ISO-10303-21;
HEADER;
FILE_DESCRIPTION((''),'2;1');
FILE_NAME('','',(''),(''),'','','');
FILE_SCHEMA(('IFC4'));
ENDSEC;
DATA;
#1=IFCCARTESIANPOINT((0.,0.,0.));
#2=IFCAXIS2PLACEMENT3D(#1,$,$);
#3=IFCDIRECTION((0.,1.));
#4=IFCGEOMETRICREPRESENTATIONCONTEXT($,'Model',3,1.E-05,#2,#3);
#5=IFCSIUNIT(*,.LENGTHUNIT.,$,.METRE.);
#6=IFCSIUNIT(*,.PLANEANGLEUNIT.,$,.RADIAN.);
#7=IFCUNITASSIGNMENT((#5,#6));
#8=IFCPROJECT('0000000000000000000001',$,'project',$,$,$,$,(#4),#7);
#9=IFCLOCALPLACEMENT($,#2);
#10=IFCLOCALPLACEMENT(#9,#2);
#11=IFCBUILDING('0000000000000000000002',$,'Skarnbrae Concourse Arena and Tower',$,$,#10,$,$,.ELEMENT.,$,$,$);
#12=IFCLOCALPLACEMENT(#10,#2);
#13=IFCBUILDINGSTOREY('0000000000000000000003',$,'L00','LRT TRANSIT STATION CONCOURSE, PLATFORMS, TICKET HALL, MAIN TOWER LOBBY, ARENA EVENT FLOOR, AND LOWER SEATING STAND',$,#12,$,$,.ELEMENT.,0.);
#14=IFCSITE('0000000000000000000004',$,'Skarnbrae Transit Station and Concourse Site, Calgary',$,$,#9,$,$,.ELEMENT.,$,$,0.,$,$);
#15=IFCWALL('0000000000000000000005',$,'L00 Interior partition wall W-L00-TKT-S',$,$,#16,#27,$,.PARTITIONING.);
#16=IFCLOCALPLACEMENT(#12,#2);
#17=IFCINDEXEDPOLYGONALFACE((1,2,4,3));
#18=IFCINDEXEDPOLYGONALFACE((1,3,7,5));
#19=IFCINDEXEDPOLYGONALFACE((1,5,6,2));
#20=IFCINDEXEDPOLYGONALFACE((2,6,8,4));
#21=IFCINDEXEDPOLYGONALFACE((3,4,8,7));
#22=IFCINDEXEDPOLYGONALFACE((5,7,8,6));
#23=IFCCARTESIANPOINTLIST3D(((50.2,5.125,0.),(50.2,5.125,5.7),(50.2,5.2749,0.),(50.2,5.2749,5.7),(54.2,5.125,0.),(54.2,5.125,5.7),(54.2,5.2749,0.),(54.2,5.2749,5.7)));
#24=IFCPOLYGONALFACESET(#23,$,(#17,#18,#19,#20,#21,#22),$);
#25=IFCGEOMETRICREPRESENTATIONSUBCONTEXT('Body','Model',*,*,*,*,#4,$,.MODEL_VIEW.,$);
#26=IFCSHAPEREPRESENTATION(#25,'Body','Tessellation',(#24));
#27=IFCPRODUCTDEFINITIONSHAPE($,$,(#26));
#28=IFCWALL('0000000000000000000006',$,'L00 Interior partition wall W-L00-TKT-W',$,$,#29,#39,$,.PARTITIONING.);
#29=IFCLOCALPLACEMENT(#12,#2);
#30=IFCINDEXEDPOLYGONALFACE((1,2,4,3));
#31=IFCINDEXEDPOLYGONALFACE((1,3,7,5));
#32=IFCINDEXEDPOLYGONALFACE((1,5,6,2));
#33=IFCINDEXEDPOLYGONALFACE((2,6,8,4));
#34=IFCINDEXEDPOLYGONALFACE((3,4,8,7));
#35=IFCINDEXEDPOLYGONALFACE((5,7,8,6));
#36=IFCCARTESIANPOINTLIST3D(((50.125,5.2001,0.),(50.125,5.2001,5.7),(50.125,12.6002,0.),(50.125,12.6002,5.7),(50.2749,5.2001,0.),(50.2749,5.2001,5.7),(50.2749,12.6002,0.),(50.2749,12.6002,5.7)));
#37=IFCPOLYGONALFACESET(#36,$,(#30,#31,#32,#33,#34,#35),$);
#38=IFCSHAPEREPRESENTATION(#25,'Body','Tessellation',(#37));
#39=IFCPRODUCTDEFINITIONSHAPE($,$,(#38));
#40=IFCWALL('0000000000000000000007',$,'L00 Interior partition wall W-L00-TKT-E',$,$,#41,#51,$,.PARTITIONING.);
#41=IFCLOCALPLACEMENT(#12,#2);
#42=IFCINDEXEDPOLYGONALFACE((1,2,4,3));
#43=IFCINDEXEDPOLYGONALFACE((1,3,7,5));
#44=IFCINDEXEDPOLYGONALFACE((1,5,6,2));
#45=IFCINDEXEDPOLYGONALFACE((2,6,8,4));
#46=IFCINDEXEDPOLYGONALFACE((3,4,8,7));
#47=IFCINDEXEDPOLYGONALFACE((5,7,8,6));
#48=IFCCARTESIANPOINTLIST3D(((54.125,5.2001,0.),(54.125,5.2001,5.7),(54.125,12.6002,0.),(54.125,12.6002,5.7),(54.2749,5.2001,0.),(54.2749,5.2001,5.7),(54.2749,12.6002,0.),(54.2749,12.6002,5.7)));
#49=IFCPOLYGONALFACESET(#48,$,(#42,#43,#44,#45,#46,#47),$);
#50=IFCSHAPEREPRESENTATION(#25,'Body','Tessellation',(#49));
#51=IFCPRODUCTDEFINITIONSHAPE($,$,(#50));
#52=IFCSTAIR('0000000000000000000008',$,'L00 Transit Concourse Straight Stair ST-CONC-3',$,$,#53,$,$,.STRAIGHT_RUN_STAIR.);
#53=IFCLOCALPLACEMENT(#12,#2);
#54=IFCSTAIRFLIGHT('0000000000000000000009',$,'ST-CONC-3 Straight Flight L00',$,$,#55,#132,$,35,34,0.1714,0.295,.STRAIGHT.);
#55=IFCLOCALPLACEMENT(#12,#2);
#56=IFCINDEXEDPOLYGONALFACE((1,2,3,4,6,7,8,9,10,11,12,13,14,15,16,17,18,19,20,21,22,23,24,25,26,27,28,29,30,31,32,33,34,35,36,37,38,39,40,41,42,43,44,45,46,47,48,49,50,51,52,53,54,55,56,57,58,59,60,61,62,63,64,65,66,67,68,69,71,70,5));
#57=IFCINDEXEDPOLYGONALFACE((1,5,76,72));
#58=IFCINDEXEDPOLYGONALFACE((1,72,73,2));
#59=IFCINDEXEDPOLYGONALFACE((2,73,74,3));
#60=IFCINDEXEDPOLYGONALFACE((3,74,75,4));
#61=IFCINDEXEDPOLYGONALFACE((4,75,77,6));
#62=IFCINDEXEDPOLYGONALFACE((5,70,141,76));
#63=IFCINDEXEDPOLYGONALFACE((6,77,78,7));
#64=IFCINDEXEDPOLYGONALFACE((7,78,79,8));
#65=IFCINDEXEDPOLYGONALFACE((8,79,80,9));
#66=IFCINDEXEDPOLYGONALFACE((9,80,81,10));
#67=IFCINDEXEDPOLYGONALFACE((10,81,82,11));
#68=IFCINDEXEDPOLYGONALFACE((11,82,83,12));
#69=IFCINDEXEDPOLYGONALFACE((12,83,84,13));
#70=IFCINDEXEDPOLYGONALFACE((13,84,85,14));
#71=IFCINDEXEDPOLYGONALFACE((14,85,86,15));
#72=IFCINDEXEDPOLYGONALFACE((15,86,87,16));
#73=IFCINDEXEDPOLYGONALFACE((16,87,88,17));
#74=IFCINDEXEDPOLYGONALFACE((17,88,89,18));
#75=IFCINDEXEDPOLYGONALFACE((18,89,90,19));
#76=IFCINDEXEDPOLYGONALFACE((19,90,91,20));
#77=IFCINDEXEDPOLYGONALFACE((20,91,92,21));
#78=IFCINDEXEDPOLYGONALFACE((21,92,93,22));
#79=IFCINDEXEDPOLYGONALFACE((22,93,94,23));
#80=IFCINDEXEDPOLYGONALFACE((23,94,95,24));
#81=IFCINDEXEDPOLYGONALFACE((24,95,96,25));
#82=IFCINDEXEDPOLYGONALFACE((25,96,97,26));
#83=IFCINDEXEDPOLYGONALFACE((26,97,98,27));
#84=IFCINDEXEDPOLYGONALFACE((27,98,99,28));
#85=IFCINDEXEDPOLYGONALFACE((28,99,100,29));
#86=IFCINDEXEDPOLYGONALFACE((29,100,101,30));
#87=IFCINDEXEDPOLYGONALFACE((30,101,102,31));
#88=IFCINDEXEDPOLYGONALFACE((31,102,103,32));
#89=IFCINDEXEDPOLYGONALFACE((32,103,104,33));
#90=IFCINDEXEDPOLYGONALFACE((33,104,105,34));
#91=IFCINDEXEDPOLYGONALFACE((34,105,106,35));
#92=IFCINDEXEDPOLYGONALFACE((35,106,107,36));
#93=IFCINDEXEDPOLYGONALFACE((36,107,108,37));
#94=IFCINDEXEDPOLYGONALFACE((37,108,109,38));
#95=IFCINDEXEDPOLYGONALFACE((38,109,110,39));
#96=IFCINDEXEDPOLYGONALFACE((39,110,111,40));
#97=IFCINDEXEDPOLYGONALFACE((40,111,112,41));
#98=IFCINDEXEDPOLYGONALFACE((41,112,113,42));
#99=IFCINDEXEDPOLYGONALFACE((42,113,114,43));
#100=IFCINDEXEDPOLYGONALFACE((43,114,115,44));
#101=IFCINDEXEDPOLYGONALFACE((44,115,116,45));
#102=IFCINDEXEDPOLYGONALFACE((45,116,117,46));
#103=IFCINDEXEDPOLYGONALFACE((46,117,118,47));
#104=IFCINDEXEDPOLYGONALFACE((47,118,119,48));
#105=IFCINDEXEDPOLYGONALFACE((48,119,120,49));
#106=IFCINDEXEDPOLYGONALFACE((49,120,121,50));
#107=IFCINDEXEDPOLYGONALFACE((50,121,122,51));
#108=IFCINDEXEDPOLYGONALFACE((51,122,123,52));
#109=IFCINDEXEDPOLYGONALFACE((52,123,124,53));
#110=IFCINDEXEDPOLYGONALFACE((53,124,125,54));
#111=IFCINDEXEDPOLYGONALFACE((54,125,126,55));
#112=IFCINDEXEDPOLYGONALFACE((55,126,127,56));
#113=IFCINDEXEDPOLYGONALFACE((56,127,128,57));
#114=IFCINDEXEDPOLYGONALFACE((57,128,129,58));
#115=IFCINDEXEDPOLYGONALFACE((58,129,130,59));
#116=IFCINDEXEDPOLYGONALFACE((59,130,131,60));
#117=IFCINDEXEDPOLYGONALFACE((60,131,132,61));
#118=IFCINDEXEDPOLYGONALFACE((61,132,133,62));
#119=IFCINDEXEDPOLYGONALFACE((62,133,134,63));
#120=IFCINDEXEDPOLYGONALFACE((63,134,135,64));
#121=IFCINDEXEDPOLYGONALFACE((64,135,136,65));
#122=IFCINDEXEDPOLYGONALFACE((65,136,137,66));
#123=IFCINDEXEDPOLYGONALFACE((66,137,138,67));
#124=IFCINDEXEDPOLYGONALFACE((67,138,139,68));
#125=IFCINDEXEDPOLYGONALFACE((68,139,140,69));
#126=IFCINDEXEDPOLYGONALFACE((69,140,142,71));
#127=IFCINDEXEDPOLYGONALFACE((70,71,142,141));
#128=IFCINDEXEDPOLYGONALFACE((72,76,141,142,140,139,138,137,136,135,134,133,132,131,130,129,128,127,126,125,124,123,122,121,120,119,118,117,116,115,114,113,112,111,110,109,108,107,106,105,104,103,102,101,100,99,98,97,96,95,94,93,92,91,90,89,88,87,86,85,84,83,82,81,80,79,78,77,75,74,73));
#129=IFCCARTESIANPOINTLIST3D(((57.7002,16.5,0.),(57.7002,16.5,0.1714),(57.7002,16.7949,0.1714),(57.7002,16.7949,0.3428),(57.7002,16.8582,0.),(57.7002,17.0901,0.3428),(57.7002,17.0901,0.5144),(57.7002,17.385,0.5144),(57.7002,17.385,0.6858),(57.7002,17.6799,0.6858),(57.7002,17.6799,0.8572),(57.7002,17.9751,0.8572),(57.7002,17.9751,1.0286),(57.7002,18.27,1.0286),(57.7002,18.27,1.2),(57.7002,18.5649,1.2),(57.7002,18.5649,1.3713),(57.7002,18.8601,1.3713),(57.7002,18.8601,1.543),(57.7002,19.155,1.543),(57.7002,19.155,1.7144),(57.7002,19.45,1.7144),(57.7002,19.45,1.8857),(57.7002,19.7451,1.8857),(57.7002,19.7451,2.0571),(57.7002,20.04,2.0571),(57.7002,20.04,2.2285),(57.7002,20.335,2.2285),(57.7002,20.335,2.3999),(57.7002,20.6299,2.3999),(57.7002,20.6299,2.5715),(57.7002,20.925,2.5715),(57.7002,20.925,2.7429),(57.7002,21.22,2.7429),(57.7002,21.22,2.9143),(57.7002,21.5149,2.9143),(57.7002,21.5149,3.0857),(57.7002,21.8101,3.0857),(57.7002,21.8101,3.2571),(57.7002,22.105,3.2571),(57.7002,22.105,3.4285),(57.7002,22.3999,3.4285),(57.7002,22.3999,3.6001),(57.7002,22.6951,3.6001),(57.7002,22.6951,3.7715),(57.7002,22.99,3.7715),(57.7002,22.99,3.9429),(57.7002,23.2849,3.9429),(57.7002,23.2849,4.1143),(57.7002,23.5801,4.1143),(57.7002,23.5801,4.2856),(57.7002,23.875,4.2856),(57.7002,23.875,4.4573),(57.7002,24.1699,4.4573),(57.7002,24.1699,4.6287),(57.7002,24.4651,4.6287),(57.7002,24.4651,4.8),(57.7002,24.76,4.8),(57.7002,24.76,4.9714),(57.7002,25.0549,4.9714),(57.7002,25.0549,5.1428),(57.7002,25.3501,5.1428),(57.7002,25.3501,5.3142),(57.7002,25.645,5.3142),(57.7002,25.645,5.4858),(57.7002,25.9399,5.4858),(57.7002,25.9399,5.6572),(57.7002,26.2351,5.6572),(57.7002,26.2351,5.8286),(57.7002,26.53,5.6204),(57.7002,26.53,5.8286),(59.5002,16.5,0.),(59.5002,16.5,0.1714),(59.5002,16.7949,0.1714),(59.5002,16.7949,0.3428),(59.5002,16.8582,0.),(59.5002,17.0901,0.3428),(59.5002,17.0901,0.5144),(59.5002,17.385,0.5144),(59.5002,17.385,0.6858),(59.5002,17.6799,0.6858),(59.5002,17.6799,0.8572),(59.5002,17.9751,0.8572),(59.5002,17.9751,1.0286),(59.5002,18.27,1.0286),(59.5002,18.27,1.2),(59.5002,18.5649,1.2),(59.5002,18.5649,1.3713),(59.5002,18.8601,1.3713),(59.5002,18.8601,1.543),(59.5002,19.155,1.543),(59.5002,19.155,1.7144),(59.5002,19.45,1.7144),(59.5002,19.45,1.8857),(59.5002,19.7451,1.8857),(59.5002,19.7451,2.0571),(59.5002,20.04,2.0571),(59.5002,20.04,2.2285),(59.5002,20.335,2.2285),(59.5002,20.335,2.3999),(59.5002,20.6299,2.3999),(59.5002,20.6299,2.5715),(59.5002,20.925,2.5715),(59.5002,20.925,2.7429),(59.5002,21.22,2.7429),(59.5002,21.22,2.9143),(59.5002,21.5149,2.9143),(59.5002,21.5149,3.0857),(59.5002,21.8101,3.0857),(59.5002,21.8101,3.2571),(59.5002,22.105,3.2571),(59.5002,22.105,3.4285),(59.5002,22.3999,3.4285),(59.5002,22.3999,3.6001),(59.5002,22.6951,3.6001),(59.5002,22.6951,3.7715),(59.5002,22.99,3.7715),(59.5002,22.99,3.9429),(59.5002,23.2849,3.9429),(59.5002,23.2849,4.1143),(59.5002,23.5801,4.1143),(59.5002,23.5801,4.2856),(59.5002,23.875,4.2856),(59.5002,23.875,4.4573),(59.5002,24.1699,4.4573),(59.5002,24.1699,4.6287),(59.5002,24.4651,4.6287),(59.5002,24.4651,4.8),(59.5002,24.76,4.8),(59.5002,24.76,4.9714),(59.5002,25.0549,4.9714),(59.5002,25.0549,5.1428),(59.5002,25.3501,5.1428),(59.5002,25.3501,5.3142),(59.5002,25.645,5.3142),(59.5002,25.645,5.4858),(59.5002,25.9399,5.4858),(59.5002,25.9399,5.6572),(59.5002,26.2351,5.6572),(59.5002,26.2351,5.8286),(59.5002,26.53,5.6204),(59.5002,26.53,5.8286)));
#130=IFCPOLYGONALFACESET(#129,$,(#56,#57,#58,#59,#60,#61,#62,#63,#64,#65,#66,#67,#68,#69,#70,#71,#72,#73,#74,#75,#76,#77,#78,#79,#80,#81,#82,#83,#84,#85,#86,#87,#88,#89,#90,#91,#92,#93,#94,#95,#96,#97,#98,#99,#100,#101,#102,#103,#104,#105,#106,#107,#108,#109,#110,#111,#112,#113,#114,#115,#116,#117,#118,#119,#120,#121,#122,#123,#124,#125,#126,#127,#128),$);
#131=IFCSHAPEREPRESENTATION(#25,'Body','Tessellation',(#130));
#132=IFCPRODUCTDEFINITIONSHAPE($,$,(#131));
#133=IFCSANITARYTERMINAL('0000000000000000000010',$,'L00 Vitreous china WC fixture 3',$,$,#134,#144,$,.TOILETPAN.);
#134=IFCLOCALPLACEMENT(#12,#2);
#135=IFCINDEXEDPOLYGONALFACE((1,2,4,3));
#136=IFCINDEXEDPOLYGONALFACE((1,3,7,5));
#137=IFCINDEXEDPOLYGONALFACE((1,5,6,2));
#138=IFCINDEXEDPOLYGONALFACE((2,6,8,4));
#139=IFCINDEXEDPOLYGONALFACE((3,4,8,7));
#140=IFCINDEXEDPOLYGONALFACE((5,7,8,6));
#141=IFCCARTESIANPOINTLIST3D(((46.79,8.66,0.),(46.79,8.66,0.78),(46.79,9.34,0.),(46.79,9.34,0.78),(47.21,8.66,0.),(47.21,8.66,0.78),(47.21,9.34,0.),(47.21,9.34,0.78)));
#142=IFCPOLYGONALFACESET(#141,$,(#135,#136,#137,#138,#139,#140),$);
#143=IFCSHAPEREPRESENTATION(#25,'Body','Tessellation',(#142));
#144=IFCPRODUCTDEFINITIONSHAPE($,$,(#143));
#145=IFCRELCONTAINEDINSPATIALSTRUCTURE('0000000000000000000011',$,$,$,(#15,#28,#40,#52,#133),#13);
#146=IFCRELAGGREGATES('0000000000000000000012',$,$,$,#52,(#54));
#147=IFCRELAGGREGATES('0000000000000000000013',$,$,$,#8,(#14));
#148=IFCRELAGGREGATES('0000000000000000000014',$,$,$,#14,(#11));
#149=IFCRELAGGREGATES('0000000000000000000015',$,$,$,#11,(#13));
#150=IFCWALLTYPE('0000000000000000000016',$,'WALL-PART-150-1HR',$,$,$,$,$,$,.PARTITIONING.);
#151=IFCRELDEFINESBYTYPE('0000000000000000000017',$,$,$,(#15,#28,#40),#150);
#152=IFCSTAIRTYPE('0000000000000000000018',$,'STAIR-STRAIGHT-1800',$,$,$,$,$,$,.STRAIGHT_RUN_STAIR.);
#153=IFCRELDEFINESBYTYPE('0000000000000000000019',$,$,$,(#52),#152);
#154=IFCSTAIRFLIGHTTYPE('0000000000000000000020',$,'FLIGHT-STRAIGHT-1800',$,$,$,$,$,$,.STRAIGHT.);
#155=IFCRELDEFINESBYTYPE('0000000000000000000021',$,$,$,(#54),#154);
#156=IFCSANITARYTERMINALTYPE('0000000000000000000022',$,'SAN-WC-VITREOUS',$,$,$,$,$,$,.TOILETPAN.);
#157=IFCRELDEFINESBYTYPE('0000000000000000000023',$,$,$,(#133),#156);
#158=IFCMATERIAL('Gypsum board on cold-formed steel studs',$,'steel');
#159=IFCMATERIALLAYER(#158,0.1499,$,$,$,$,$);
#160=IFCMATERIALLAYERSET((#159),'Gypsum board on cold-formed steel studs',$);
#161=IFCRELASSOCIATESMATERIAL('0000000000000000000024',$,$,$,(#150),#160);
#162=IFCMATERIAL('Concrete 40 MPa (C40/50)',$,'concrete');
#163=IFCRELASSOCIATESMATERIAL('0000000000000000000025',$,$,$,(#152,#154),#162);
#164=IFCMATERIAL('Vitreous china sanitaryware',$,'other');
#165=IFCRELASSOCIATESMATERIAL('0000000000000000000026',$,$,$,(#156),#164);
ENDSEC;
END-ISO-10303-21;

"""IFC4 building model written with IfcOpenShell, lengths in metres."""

from ifc_helpers import new_model, si_unit, direction, frame, frame_2d, origin, origin_2d, place, context, subcontext, project, spatial, polyline, rectangle, outline, extrude, source, transform, mapped, material, layer, layer_set, type_object, element, aggregate, save


model = new_model("IFC4")

# Units and contexts
model_context = context("Model", 3, precision=1e-05, world=origin(), true_north=direction((0.0, 1.0)))
body_context = subcontext(model_context, "Body", "Model", "MODEL_VIEW")
ifc_project = project(units=[si_unit("LENGTHUNIT", "METRE"), si_unit("PLANEANGLEUNIT", "RADIAN")], contexts=[model_context])

# Site, building, storey
site_placement = place(None, origin())
site = spatial("IfcSite", under=ifc_project, at=site_placement, Name="Skarnbrae Transit Station and Concourse Site, Calgary", CompositionType="ELEMENT", RefElevation=0.0)
building_placement = place(site_placement, origin())
building = spatial("IfcBuilding", under=site, at=building_placement, Name="Skarnbrae Concourse Arena and Tower", CompositionType="ELEMENT")
storey_placement = place(building_placement, origin())
storey = spatial("IfcBuildingStorey", under=building, at=storey_placement, Name="L00", Description="LRT TRANSIT STATION CONCOURSE, PLATFORMS, TICKET HALL, MAIN TOWER LOBBY, ARENA EVENT FLOOR, AND LOWER SEATING STAND", CompositionType="ELEMENT", Elevation=0.0)

# Shared definitions
ifc_material_1 = material(Name="Gypsum board on cold-formed steel studs", Category="steel")

# Shared definitions
ifc_layer_1 = layer(ifc_material_1, 0.1499)
ifc_layer_set_1 = layer_set([ifc_layer_1], Name="Gypsum board on cold-formed steel studs")
wall_type_1 = type_object("IfcWallType", Name="WALL-PART-150-1HR", PredefinedType="PARTITIONING", material=ifc_layer_set_1)
shared_shape_1 = source(origin(), body_context, "Body", "SweptSolid", [
    extrude(rectangle(XDim=4.0, YDim=0.1499, at=frame_2d((2.0, 0.0))), origin(), (0.0, 0.0, 1.0), 5.7),
])

# Walls
wall_1_placement = place(storey_placement, frame((50.2, 5.2, 0.0), z_axis=(0.0, 0.0, 1.0), x_axis=(1.0, 0.0, 0.0)))
element("IfcWall", 1, at=wall_1_placement, inside=storey, type_object=wall_type_1, Name="L00 Interior partition wall W-L00-TKT-S", PredefinedType="PARTITIONING", context=body_context, shape_type="MappedRepresentation", body=[
    mapped(shared_shape_1, transform((0.0, 0.0, 0.0))),
])
shared_shape_2 = source(origin(), body_context, "Body", "SweptSolid", [
    extrude(rectangle(XDim=7.4001, YDim=0.1499, at=frame_2d((3.7002, 0.0))), origin(), (0.0, 0.0, 1.0), 5.7),
])
for number, where, z_axis, x_axis, name in (
    (2, (50.2, 5.2, 0.0), (0.0, 0.0, 1.0), (0.0, 1.0, 0.0), "L00 Interior partition wall W-L00-TKT-W"),
    (3, (54.2, 5.2, 0.0), (0.0, 0.0, 1.0), (0.0, 1.0, 0.0), "L00 Interior partition wall W-L00-TKT-E"),
):
    element("IfcWall", number, at=place(storey_placement, frame(where, z_axis=z_axis, x_axis=x_axis)), inside=storey, type_object=wall_type_1, Name=name, PredefinedType="PARTITIONING", context=body_context, shape_type="MappedRepresentation", body=[
        mapped(shared_shape_2, transform((0.0, 0.0, 0.0))),
    ])

# Stair, stair flight
ifc_material_2 = material(Name="Concrete 40 MPa (C40/50)", Category="concrete")
stair_type = type_object("IfcStairType", Name="STAIR-STRAIGHT-1800", PredefinedType="STRAIGHT_RUN_STAIR", material=ifc_material_2)
stair_placement = place(storey_placement, origin())
stair = element("IfcStair", 4, at=stair_placement, inside=storey, type_object=stair_type, Name="L00 Transit Concourse Straight Stair ST-CONC-3", PredefinedType="STRAIGHT_RUN_STAIR")
stair_flight_type = type_object("IfcStairFlightType", Name="FLIGHT-STRAIGHT-1800", PredefinedType="STRAIGHT", material=ifc_material_2)
shared_shape_3 = source(origin(), body_context, "Body", "SweptSolid", [
    extrude(outline(polyline([(0.0, 0.0), (0.0, 0.1714), (0.2949, 0.1714), (0.2949, 0.3428), (0.5901, 0.3428), (0.5901, 0.5144), (0.885, 0.5144), (0.885, 0.6858), (1.1799, 0.6858), (1.1799, 0.8572), (1.4751, 0.8572), (1.4751, 1.0286), (1.77, 1.0286), (1.77, 1.2), (2.0649, 1.2), (2.0649, 1.3713), (2.3601, 1.3713), (2.3601, 1.543), (2.655, 1.543), (2.655, 1.7144), (2.95, 1.7144), (2.95, 1.8857), (3.2451, 1.8857), (3.2451, 2.0571), (3.54, 2.0571), (3.54, 2.2285), (3.835, 2.2285), (3.835, 2.3999), (4.1299, 2.3999), (4.1299, 2.5715), (4.425, 2.5715), (4.425, 2.7429), (4.72, 2.7429), (4.72, 2.9143), (5.0149, 2.9143), (5.0149, 3.0857), (5.3101, 3.0857), (5.3101, 3.2571), (5.605, 3.2571), (5.605, 3.4285), (5.8999, 3.4285), (5.8999, 3.6001), (6.1951, 3.6001), (6.1951, 3.7715), (6.49, 3.7715), (6.49, 3.9429), (6.7849, 3.9429), (6.7849, 4.1143), (7.0801, 4.1143), (7.0801, 4.2856), (7.375, 4.2856), (7.375, 4.4573), (7.6699, 4.4573), (7.6699, 4.6287), (7.9651, 4.6287), (7.9651, 4.8), (8.26, 4.8), (8.26, 4.9714), (8.5549, 4.9714), (8.5549, 5.1428), (8.8501, 5.1428), (8.8501, 5.3142), (9.145, 5.3142), (9.145, 5.4858), (9.4399, 5.4858), (9.4399, 5.6572), (9.7351, 5.6572), (9.7351, 5.8286), (10.03, 5.8286), (10.03, 6.0), (10.03, 5.6204), (0.3582, 0.0), (0.0, 0.0)])), frame((0.0, 0.8999, 0.0), z_axis=(0.0, -1.0, 0.0), x_axis=(1.0, 0.0, 0.0)), (0.0, 0.0, 1.0), 1.8),
])
stair_flight_placement = place(storey_placement, frame((58.6001, 16.5, 0.0), z_axis=(0.0, 0.0, 1.0), x_axis=(0.0, 1.0, 0.0)))
stair_flight = element("IfcStairFlight", 5, at=stair_flight_placement, type_object=stair_flight_type, Name="ST-CONC-3 Straight Flight L00", NumberOfRisers=35, NumberOfTreads=34, PredefinedType="STRAIGHT", RiserHeight=0.1714, TreadLength=0.295, context=body_context, shape_type="MappedRepresentation", body=[
    mapped(shared_shape_3, transform((0.0, 0.0, 0.0))),
])
aggregate(stair, [stair_flight])

# Sanitary terminal
ifc_material_3 = material(Name="Vitreous china sanitaryware", Category="other")
sanitary_terminal_type = type_object("IfcSanitaryTerminalType", Name="SAN-WC-VITREOUS", PredefinedType="TOILETPAN", material=ifc_material_3)
shared_shape_4 = source(origin(), body_context, "Body", "SweptSolid", [
    extrude(rectangle(XDim=0.4199, YDim=0.6799, at=origin_2d()), origin(), (0.0, 0.0, 1.0), 0.78),
])
sanitary_terminal_placement = place(storey_placement, frame((47.0, 9.0, 0.0), z_axis=(0.0, 0.0, 1.0), x_axis=(1.0, 0.0, 0.0)))
element("IfcSanitaryTerminal", 6, at=sanitary_terminal_placement, inside=storey, type_object=sanitary_terminal_type, Name="L00 Vitreous china WC fixture 3", PredefinedType="TOILETPAN", context=body_context, shape_type="MappedRepresentation", body=[
    mapped(shared_shape_4, transform((0.0, 0.0, 0.0))),
])

save(model, "model.ifc")
